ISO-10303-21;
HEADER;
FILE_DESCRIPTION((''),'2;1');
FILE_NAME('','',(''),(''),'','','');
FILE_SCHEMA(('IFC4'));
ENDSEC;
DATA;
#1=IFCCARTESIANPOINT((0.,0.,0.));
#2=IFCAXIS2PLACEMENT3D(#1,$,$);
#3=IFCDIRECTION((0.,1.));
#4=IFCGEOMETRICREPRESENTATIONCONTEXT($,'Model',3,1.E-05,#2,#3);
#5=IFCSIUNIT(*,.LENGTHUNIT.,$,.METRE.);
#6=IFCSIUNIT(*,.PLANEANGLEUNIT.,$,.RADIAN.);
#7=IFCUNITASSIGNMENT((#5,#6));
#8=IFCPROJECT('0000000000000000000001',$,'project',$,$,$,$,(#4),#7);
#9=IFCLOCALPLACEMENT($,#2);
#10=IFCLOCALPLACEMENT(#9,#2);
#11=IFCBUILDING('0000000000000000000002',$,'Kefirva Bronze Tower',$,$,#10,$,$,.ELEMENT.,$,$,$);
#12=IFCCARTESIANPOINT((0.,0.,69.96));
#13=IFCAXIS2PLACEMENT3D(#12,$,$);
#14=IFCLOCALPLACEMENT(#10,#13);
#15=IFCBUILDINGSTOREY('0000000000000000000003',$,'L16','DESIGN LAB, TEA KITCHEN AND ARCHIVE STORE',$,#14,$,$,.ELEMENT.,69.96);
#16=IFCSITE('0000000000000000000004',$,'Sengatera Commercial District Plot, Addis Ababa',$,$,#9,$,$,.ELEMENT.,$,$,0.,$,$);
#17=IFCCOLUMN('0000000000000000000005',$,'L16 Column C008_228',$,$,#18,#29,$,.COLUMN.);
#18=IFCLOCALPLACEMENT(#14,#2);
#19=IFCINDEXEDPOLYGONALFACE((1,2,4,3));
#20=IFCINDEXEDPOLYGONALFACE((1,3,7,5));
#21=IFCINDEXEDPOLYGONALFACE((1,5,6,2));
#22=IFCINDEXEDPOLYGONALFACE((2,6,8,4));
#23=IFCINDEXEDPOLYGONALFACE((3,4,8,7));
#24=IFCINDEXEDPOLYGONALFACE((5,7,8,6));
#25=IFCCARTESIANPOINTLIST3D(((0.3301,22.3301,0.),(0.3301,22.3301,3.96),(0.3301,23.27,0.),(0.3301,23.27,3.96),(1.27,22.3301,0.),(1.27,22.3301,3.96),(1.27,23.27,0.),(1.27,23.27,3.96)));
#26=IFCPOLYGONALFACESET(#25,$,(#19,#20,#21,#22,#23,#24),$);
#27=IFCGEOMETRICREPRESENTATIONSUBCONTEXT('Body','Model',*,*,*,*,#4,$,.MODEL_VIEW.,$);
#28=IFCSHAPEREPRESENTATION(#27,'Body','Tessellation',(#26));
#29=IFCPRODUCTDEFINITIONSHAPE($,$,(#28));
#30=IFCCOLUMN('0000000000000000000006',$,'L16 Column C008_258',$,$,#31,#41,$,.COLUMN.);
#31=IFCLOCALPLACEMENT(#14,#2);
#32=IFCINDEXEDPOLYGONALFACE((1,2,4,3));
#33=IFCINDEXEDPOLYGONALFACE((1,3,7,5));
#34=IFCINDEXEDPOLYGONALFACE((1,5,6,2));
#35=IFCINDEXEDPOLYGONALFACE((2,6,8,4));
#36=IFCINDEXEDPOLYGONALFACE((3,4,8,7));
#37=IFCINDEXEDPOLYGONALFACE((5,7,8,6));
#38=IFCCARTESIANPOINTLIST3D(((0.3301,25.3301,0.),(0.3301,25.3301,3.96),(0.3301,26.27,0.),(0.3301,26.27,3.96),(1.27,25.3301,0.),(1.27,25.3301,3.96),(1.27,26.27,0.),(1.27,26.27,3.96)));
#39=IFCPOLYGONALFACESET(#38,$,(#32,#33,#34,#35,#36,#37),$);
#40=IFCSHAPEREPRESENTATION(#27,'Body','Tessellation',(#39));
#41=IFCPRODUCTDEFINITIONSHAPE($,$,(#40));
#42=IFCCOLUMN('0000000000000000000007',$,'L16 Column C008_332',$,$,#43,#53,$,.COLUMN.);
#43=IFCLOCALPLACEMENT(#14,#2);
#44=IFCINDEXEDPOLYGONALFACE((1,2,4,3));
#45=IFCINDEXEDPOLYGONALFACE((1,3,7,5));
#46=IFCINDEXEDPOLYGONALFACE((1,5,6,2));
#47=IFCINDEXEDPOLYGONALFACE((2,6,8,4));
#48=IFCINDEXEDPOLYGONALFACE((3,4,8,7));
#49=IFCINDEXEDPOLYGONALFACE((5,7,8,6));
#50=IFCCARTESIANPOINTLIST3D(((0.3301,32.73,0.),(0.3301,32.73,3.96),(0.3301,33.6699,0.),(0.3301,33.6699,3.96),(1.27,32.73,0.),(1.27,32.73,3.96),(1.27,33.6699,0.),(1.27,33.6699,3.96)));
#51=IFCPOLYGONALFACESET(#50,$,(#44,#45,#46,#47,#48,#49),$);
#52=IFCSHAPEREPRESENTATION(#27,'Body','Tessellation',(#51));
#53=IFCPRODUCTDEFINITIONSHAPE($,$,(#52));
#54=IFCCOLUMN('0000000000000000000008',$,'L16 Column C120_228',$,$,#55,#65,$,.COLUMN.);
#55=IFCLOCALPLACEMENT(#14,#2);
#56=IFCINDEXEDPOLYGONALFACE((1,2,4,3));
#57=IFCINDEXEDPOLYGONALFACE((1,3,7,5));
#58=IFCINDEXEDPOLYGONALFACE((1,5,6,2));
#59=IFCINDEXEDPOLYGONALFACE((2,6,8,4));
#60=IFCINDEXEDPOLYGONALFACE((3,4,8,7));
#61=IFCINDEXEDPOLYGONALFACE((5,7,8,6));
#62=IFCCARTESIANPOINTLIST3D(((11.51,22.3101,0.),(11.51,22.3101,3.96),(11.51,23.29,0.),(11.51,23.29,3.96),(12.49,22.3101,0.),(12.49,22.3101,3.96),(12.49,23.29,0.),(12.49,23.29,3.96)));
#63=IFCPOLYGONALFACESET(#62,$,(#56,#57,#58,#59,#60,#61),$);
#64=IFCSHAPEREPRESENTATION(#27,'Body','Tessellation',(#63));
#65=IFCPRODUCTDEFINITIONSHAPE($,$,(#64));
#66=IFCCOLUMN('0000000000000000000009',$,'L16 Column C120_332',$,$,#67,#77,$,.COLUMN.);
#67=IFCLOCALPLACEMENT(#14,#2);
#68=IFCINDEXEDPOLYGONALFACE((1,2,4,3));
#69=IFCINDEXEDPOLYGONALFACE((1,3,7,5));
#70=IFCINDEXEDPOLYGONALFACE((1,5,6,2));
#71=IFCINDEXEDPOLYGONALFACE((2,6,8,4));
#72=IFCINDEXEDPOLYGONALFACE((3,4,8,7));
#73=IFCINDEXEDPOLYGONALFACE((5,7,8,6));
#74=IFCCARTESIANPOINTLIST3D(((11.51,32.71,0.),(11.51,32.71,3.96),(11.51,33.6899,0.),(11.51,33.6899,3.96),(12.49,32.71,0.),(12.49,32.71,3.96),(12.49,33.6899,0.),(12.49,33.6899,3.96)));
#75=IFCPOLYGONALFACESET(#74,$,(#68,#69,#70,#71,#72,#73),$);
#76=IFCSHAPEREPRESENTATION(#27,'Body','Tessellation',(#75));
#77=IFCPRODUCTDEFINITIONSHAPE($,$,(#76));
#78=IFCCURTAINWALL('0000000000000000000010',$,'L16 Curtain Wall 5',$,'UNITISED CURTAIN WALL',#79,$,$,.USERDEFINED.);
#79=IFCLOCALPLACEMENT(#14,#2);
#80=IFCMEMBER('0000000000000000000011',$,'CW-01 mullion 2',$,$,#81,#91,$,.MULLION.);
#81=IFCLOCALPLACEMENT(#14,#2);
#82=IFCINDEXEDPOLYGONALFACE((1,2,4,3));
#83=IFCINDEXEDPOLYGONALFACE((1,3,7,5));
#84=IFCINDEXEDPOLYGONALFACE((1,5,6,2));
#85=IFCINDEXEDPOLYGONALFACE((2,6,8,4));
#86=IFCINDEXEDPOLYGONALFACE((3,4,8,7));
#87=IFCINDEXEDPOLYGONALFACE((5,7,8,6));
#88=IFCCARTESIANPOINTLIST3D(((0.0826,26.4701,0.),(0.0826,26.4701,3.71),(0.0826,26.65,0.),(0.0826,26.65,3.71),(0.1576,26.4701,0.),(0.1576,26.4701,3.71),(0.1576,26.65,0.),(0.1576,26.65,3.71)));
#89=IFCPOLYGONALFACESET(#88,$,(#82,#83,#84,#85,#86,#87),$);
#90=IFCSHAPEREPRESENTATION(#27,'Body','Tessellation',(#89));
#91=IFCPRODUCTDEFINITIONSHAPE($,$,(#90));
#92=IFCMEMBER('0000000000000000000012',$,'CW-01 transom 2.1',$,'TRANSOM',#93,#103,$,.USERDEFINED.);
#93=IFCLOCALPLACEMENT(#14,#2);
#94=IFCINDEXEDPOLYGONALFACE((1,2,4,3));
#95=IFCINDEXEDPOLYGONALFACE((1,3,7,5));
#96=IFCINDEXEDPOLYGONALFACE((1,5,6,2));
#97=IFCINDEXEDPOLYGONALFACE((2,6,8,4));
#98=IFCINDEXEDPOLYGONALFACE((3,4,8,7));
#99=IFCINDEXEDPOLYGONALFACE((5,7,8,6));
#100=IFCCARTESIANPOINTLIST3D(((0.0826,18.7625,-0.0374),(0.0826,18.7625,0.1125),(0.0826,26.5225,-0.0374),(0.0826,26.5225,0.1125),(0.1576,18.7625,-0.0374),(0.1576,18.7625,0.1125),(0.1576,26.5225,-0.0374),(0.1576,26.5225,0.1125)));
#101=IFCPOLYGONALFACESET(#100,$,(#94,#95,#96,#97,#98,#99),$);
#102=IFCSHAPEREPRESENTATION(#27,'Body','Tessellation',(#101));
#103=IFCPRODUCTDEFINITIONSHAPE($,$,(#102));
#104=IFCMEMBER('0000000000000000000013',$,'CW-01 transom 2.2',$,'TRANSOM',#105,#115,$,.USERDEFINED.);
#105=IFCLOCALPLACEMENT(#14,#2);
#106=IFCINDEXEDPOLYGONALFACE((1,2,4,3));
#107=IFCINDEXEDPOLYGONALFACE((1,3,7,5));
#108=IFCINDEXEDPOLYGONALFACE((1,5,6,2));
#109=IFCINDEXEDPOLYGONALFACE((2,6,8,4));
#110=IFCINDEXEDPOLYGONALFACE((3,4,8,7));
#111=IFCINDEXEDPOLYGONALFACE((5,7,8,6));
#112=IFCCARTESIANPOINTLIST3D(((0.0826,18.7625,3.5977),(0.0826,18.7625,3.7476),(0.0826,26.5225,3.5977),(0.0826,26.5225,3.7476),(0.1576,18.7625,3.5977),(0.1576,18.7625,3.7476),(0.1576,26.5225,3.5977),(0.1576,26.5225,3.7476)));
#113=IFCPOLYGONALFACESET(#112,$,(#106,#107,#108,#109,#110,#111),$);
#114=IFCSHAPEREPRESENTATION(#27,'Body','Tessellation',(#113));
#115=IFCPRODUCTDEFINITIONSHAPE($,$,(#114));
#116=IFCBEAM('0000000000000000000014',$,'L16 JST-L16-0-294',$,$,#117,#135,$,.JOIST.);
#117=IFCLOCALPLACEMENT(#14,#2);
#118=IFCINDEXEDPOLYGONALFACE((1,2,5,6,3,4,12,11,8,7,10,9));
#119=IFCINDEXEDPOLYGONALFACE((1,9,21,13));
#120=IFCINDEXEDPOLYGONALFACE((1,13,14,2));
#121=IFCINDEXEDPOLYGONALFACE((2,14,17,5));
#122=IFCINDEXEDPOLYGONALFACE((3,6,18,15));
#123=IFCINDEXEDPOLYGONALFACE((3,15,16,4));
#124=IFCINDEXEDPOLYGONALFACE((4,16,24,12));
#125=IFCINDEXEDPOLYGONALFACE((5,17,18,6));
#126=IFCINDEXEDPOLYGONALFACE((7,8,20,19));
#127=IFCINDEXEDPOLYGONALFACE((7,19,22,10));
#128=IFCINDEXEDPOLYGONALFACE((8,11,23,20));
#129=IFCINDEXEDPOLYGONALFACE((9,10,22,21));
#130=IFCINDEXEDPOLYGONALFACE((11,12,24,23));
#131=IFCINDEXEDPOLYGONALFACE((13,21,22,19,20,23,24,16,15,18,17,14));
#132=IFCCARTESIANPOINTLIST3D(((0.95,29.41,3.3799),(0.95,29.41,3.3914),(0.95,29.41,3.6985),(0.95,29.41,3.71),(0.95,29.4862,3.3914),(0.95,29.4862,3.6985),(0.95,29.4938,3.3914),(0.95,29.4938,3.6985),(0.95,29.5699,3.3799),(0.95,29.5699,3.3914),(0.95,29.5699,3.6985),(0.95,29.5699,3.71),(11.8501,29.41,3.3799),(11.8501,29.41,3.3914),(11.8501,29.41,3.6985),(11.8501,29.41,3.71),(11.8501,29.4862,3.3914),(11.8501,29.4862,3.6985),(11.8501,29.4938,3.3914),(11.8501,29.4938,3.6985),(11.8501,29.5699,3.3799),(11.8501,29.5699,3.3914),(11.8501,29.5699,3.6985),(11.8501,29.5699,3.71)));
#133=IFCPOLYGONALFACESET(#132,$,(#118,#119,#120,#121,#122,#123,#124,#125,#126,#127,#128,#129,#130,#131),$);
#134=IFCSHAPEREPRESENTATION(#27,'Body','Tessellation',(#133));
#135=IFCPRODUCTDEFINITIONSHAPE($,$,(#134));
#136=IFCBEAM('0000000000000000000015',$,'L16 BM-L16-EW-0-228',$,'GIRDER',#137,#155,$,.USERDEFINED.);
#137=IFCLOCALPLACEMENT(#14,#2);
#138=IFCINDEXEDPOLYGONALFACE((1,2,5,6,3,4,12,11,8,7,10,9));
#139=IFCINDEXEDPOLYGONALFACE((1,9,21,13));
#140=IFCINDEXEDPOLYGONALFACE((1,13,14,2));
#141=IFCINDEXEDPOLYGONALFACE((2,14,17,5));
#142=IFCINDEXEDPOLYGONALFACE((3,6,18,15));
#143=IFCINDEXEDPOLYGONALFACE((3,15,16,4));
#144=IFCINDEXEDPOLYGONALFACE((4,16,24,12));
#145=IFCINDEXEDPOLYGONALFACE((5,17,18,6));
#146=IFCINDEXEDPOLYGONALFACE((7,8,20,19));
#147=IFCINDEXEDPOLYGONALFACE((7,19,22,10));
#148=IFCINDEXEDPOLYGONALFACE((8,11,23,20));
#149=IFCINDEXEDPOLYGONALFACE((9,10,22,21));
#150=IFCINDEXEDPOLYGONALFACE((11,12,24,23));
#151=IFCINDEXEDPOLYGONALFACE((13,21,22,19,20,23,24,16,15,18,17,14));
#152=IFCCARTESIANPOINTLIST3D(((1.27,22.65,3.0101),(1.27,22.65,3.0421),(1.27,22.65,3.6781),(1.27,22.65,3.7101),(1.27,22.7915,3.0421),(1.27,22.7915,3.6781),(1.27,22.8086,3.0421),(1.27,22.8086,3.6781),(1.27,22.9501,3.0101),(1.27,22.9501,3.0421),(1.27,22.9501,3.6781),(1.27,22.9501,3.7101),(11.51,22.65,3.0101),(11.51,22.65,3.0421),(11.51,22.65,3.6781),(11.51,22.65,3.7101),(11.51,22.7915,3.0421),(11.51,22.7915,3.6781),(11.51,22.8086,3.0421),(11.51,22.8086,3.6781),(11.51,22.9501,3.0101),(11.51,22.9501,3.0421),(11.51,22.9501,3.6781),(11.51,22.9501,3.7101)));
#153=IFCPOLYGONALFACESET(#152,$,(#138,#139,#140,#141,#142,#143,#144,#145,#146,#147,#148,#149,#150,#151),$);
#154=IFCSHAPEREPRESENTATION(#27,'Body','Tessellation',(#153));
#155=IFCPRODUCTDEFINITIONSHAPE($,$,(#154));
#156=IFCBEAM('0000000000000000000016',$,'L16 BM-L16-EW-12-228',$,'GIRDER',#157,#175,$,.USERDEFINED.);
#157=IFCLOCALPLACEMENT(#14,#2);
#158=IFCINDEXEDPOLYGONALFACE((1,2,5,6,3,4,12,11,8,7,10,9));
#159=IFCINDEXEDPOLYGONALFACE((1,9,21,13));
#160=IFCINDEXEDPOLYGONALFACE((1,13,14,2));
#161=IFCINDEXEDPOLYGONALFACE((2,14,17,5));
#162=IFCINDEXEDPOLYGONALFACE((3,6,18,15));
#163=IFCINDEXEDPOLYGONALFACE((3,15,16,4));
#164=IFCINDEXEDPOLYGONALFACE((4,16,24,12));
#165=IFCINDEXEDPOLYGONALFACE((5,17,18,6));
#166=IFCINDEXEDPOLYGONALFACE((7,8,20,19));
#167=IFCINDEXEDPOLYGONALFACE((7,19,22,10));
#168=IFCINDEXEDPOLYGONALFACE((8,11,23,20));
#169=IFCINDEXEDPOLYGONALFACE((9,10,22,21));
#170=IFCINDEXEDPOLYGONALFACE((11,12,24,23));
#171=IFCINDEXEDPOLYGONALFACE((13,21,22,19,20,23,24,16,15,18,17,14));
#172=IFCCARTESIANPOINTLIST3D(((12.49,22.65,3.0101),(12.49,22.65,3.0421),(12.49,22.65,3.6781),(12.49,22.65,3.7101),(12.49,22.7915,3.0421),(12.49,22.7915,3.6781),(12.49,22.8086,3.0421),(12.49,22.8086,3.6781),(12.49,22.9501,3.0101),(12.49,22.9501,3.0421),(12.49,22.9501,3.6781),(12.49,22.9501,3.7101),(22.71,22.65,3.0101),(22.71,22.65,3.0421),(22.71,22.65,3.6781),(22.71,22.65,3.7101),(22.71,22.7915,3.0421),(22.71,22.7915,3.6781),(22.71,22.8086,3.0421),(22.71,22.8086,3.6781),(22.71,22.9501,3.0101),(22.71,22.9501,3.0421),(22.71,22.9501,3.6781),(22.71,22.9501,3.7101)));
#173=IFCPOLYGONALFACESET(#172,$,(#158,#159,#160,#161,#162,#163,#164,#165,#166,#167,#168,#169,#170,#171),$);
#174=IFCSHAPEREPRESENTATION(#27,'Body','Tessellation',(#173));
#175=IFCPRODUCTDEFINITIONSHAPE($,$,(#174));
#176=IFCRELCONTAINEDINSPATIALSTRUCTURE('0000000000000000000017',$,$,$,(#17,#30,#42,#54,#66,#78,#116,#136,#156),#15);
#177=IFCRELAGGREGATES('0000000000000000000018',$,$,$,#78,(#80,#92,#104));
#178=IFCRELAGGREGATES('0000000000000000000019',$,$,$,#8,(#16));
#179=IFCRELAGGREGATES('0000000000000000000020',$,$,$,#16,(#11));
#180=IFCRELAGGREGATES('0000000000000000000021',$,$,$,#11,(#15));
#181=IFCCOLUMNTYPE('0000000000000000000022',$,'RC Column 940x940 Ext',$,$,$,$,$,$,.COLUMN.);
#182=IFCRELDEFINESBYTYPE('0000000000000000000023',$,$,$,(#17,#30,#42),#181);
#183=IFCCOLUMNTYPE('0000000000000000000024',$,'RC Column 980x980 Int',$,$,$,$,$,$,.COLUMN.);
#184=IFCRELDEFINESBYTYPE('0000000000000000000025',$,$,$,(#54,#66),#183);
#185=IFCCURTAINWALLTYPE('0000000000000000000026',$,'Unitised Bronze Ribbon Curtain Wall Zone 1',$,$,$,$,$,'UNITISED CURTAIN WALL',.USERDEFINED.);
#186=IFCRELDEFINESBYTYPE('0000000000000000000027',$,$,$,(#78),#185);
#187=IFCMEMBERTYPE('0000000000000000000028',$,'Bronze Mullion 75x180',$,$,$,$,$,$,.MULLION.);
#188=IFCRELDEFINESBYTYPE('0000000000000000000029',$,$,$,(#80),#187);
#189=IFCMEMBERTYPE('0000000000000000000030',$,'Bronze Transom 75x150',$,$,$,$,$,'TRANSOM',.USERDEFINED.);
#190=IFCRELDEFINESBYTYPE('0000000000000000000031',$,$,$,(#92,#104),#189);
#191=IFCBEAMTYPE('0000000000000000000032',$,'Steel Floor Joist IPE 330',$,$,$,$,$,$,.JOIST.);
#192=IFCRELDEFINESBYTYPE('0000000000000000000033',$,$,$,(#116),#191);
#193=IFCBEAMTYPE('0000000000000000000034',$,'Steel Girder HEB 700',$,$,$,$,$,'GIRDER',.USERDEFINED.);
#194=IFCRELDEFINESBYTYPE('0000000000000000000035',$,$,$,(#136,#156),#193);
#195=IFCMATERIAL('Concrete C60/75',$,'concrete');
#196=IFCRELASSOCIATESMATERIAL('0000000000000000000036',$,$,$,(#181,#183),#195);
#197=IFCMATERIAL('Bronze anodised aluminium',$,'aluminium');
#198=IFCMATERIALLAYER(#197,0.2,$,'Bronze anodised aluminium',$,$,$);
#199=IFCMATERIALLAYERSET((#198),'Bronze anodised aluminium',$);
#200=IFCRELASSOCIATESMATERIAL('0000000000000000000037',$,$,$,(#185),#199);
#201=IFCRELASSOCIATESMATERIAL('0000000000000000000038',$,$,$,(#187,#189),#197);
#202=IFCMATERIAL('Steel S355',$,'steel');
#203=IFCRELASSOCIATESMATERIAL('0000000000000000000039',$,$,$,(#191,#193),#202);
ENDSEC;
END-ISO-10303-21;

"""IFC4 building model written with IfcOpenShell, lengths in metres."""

from ifc_helpers import new_model, si_unit, direction, frame, origin, origin_2d, place, context, subcontext, project, spatial, rectangle, i_section, extrude, material, layer, layer_set, material_profile, profile_set, type_object, element, aggregate, save


model = new_model("IFC4")

# Units and contexts
model_context = context("Model", 3, precision=1e-05, world=origin(), true_north=direction((0.0, 1.0)))
body_context = subcontext(model_context, "Body", "Model", "MODEL_VIEW")
ifc_project = project(units=[si_unit("LENGTHUNIT", "METRE"), si_unit("PLANEANGLEUNIT", "RADIAN")], contexts=[model_context])

# Site, building, storey
site_placement = place(None, origin())
site = spatial("IfcSite", under=ifc_project, at=site_placement, Name="Sengatera Commercial District Plot, Addis Ababa", CompositionType="ELEMENT", RefElevation=0.0)
building_placement = place(site_placement, origin())
building = spatial("IfcBuilding", under=site, at=building_placement, Name="Kefirva Bronze Tower", CompositionType="ELEMENT")
storey_placement = place(building_placement, frame((0.0, 0.0, 69.96)))
storey = spatial("IfcBuildingStorey", under=building, at=storey_placement, Name="L16", Description="DESIGN LAB, TEA KITCHEN AND ARCHIVE STORE", CompositionType="ELEMENT", Elevation=69.96)

# Columns
ifc_material_1 = material(Name="Concrete C60/75", Category="concrete")
ifc_material_profile_1 = material_profile(ifc_material_1, rectangle(XDim=0.9399, YDim=0.9399, at=origin_2d()), Name="RC 940x940")
ifc_profile_set_1 = profile_set([ifc_material_profile_1], Name="Concrete C60/75")
column_type_1 = type_object("IfcColumnType", Name="RC Column 940x940 Ext", PredefinedType="COLUMN", material=ifc_profile_set_1)
for number, where, z_axis, x_axis, name in (
    (1, (0.8, 22.8, 0.0), (0.0, 0.0, 1.0), (1.0, 0.0, 0.0), "L16 Column C008_228"),
    (2, (0.8, 25.8, 0.0), (0.0, 0.0, 1.0), (1.0, 0.0, 0.0), "L16 Column C008_258"),
    (3, (0.8, 33.2, 0.0), (0.0, 0.0, 1.0), (1.0, 0.0, 0.0), "L16 Column C008_332"),
):
    element("IfcColumn", number, at=place(storey_placement, frame(where, z_axis=z_axis, x_axis=x_axis)), inside=storey, type_object=column_type_1, Name=name, PredefinedType="COLUMN", context=body_context, shape_type="SweptSolid", body=[
        extrude(rectangle(XDim=0.9399, YDim=0.9399, at=origin_2d()), origin(), (0.0, 0.0, 1.0), 3.96),
    ])
ifc_material_profile_2 = material_profile(ifc_material_1, rectangle(XDim=0.98, YDim=0.98, at=origin_2d()), Name="RC 980x980")
ifc_profile_set_2 = profile_set([ifc_material_profile_2], Name="Concrete C60/75")
column_type_2 = type_object("IfcColumnType", Name="RC Column 980x980 Int", PredefinedType="COLUMN", material=ifc_profile_set_2)
for number, where, z_axis, x_axis, name in (
    (4, (12.0, 22.8, 0.0), (0.0, 0.0, 1.0), (1.0, 0.0, 0.0), "L16 Column C120_228"),
    (5, (12.0, 33.2, 0.0), (0.0, 0.0, 1.0), (1.0, 0.0, 0.0), "L16 Column C120_332"),
):
    element("IfcColumn", number, at=place(storey_placement, frame(where, z_axis=z_axis, x_axis=x_axis)), inside=storey, type_object=column_type_2, Name=name, PredefinedType="COLUMN", context=body_context, shape_type="SweptSolid", body=[
        extrude(rectangle(XDim=0.98, YDim=0.98, at=origin_2d()), origin(), (0.0, 0.0, 1.0), 3.96),
    ])

# Curtain wall, members
ifc_material_2 = material(Name="Bronze anodised aluminium", Category="aluminium")
ifc_layer_1 = layer(ifc_material_2, 0.2, Name="Bronze anodised aluminium")
ifc_layer_set_1 = layer_set([ifc_layer_1], Name="Bronze anodised aluminium")
curtain_wall_type = type_object("IfcCurtainWallType", Name="Unitised Bronze Ribbon Curtain Wall Zone 1", ElementType="UNITISED CURTAIN WALL", PredefinedType="USERDEFINED", material=ifc_layer_set_1)
curtain_wall_placement = place(storey_placement, origin())
curtain_wall = element("IfcCurtainWall", 6, at=curtain_wall_placement, inside=storey, type_object=curtain_wall_type, Name="L16 Curtain Wall 5", ObjectType="UNITISED CURTAIN WALL", PredefinedType="USERDEFINED")
ifc_material_profile_3 = material_profile(ifc_material_2, rectangle(XDim=0.075, YDim=0.1799, at=origin_2d()), Name="ALU 75x180")
ifc_profile_set_3 = profile_set([ifc_material_profile_3], Name="Bronze anodised aluminium")
member_type_1 = type_object("IfcMemberType", Name="Bronze Mullion 75x180", PredefinedType="MULLION", material=ifc_profile_set_3)
member_1_placement = place(storey_placement, frame((0.1201, 26.5601, 0.0), z_axis=(0.0, 0.0, 1.0), x_axis=(1.0, 0.0, 0.0)))
member_1 = element("IfcMember", 7, at=member_1_placement, type_object=member_type_1, Name="CW-01 mullion 2", PredefinedType="MULLION", context=body_context, shape_type="SweptSolid", body=[
    extrude(rectangle(XDim=0.075, YDim=0.1799, at=origin_2d()), origin(), (0.0, 0.0, 1.0), 3.71),
])
ifc_material_profile_4 = material_profile(ifc_material_2, rectangle(XDim=0.075, YDim=0.1499, at=origin_2d()), Name="ALU 75x150")
ifc_profile_set_4 = profile_set([ifc_material_profile_4], Name="Bronze anodised aluminium")
member_type_2 = type_object("IfcMemberType", Name="Bronze Transom 75x150", ElementType="TRANSOM", PredefinedType="USERDEFINED", material=ifc_profile_set_4)
member_2_placement = place(storey_placement, frame((0.1201, 26.5225, 0.0376), z_axis=(0.0, -1.0, 0.0), x_axis=(1.0, 0.0, 0.0)))
member_2 = element("IfcMember", 8, at=member_2_placement, type_object=member_type_2, Name="CW-01 transom 2.1", ObjectType="TRANSOM", PredefinedType="USERDEFINED", context=body_context, shape_type="SweptSolid", body=[
    extrude(rectangle(XDim=0.075, YDim=0.1499, at=origin_2d()), origin(), (0.0, 0.0, 1.0), 7.76),
])
member_3_placement = place(storey_placement, frame((0.1201, 26.5225, 3.6726), z_axis=(0.0, -1.0, 0.0), x_axis=(1.0, 0.0, 0.0)))
member_3 = element("IfcMember", 9, at=member_3_placement, type_object=member_type_2, Name="CW-01 transom 2.2", ObjectType="TRANSOM", PredefinedType="USERDEFINED", context=body_context, shape_type="SweptSolid", body=[
    extrude(rectangle(XDim=0.075, YDim=0.1499, at=origin_2d()), origin(), (0.0, 0.0, 1.0), 7.76),
])

# Beams
ifc_material_3 = material(Name="Steel S355", Category="steel")
ifc_material_profile_5 = material_profile(ifc_material_3, i_section(OverallWidth=0.1599, OverallDepth=0.3301, WebThickness=0.0076, FlangeThickness=0.0115, at=origin_2d()), Name="IPE 330")
ifc_profile_set_5 = profile_set([ifc_material_profile_5], Name="Steel S355")
beam_type_1 = type_object("IfcBeamType", Name="Steel Floor Joist IPE 330", PredefinedType="JOIST", material=ifc_profile_set_5)
beam_1_placement = place(storey_placement, frame((0.95, 29.49, 3.5449), z_axis=(1.0, 0.0, 0.0), x_axis=(0.0, 1.0, 0.0)))
element("IfcBeam", 10, at=beam_1_placement, inside=storey, type_object=beam_type_1, Name="L16 JST-L16-0-294", PredefinedType="JOIST", context=body_context, shape_type="SweptSolid", body=[
    extrude(i_section(OverallWidth=0.1599, OverallDepth=0.3301, WebThickness=0.0076, FlangeThickness=0.0115, at=origin_2d()), origin(), (0.0, 0.0, 1.0), 10.9001),
])
ifc_material_profile_6 = material_profile(ifc_material_3, i_section(OverallWidth=0.3, OverallDepth=0.7, WebThickness=0.0171, FlangeThickness=0.032, at=origin_2d()), Name="HEB 700")
ifc_profile_set_6 = profile_set([ifc_material_profile_6], Name="Steel S355")
beam_type_2 = type_object("IfcBeamType", Name="Steel Girder HEB 700", ElementType="GIRDER", PredefinedType="USERDEFINED", material=ifc_profile_set_6)
beam_2_placement = place(storey_placement, frame((1.27, 22.8, 3.3601), z_axis=(1.0, 0.0, 0.0), x_axis=(0.0, 1.0, 0.0)))
element("IfcBeam", 11, at=beam_2_placement, inside=storey, type_object=beam_type_2, Name="L16 BM-L16-EW-0-228", ObjectType="GIRDER", PredefinedType="USERDEFINED", context=body_context, shape_type="SweptSolid", body=[
    extrude(i_section(OverallWidth=0.3, OverallDepth=0.7, WebThickness=0.0171, FlangeThickness=0.032, at=origin_2d()), origin(), (0.0, 0.0, 1.0), 10.24),
])
beam_3_placement = place(storey_placement, frame((12.49, 22.8, 3.3601), z_axis=(1.0, 0.0, 0.0), x_axis=(0.0, 1.0, 0.0)))
element("IfcBeam", 12, at=beam_3_placement, inside=storey, type_object=beam_type_2, Name="L16 BM-L16-EW-12-228", ObjectType="GIRDER", PredefinedType="USERDEFINED", context=body_context, shape_type="SweptSolid", body=[
    extrude(i_section(OverallWidth=0.3, OverallDepth=0.7, WebThickness=0.0171, FlangeThickness=0.032, at=origin_2d()), origin(), (0.0, 0.0, 1.0), 10.22),
])

aggregate(curtain_wall, [member_1, member_2, member_3])

save(model, "model.ifc")
